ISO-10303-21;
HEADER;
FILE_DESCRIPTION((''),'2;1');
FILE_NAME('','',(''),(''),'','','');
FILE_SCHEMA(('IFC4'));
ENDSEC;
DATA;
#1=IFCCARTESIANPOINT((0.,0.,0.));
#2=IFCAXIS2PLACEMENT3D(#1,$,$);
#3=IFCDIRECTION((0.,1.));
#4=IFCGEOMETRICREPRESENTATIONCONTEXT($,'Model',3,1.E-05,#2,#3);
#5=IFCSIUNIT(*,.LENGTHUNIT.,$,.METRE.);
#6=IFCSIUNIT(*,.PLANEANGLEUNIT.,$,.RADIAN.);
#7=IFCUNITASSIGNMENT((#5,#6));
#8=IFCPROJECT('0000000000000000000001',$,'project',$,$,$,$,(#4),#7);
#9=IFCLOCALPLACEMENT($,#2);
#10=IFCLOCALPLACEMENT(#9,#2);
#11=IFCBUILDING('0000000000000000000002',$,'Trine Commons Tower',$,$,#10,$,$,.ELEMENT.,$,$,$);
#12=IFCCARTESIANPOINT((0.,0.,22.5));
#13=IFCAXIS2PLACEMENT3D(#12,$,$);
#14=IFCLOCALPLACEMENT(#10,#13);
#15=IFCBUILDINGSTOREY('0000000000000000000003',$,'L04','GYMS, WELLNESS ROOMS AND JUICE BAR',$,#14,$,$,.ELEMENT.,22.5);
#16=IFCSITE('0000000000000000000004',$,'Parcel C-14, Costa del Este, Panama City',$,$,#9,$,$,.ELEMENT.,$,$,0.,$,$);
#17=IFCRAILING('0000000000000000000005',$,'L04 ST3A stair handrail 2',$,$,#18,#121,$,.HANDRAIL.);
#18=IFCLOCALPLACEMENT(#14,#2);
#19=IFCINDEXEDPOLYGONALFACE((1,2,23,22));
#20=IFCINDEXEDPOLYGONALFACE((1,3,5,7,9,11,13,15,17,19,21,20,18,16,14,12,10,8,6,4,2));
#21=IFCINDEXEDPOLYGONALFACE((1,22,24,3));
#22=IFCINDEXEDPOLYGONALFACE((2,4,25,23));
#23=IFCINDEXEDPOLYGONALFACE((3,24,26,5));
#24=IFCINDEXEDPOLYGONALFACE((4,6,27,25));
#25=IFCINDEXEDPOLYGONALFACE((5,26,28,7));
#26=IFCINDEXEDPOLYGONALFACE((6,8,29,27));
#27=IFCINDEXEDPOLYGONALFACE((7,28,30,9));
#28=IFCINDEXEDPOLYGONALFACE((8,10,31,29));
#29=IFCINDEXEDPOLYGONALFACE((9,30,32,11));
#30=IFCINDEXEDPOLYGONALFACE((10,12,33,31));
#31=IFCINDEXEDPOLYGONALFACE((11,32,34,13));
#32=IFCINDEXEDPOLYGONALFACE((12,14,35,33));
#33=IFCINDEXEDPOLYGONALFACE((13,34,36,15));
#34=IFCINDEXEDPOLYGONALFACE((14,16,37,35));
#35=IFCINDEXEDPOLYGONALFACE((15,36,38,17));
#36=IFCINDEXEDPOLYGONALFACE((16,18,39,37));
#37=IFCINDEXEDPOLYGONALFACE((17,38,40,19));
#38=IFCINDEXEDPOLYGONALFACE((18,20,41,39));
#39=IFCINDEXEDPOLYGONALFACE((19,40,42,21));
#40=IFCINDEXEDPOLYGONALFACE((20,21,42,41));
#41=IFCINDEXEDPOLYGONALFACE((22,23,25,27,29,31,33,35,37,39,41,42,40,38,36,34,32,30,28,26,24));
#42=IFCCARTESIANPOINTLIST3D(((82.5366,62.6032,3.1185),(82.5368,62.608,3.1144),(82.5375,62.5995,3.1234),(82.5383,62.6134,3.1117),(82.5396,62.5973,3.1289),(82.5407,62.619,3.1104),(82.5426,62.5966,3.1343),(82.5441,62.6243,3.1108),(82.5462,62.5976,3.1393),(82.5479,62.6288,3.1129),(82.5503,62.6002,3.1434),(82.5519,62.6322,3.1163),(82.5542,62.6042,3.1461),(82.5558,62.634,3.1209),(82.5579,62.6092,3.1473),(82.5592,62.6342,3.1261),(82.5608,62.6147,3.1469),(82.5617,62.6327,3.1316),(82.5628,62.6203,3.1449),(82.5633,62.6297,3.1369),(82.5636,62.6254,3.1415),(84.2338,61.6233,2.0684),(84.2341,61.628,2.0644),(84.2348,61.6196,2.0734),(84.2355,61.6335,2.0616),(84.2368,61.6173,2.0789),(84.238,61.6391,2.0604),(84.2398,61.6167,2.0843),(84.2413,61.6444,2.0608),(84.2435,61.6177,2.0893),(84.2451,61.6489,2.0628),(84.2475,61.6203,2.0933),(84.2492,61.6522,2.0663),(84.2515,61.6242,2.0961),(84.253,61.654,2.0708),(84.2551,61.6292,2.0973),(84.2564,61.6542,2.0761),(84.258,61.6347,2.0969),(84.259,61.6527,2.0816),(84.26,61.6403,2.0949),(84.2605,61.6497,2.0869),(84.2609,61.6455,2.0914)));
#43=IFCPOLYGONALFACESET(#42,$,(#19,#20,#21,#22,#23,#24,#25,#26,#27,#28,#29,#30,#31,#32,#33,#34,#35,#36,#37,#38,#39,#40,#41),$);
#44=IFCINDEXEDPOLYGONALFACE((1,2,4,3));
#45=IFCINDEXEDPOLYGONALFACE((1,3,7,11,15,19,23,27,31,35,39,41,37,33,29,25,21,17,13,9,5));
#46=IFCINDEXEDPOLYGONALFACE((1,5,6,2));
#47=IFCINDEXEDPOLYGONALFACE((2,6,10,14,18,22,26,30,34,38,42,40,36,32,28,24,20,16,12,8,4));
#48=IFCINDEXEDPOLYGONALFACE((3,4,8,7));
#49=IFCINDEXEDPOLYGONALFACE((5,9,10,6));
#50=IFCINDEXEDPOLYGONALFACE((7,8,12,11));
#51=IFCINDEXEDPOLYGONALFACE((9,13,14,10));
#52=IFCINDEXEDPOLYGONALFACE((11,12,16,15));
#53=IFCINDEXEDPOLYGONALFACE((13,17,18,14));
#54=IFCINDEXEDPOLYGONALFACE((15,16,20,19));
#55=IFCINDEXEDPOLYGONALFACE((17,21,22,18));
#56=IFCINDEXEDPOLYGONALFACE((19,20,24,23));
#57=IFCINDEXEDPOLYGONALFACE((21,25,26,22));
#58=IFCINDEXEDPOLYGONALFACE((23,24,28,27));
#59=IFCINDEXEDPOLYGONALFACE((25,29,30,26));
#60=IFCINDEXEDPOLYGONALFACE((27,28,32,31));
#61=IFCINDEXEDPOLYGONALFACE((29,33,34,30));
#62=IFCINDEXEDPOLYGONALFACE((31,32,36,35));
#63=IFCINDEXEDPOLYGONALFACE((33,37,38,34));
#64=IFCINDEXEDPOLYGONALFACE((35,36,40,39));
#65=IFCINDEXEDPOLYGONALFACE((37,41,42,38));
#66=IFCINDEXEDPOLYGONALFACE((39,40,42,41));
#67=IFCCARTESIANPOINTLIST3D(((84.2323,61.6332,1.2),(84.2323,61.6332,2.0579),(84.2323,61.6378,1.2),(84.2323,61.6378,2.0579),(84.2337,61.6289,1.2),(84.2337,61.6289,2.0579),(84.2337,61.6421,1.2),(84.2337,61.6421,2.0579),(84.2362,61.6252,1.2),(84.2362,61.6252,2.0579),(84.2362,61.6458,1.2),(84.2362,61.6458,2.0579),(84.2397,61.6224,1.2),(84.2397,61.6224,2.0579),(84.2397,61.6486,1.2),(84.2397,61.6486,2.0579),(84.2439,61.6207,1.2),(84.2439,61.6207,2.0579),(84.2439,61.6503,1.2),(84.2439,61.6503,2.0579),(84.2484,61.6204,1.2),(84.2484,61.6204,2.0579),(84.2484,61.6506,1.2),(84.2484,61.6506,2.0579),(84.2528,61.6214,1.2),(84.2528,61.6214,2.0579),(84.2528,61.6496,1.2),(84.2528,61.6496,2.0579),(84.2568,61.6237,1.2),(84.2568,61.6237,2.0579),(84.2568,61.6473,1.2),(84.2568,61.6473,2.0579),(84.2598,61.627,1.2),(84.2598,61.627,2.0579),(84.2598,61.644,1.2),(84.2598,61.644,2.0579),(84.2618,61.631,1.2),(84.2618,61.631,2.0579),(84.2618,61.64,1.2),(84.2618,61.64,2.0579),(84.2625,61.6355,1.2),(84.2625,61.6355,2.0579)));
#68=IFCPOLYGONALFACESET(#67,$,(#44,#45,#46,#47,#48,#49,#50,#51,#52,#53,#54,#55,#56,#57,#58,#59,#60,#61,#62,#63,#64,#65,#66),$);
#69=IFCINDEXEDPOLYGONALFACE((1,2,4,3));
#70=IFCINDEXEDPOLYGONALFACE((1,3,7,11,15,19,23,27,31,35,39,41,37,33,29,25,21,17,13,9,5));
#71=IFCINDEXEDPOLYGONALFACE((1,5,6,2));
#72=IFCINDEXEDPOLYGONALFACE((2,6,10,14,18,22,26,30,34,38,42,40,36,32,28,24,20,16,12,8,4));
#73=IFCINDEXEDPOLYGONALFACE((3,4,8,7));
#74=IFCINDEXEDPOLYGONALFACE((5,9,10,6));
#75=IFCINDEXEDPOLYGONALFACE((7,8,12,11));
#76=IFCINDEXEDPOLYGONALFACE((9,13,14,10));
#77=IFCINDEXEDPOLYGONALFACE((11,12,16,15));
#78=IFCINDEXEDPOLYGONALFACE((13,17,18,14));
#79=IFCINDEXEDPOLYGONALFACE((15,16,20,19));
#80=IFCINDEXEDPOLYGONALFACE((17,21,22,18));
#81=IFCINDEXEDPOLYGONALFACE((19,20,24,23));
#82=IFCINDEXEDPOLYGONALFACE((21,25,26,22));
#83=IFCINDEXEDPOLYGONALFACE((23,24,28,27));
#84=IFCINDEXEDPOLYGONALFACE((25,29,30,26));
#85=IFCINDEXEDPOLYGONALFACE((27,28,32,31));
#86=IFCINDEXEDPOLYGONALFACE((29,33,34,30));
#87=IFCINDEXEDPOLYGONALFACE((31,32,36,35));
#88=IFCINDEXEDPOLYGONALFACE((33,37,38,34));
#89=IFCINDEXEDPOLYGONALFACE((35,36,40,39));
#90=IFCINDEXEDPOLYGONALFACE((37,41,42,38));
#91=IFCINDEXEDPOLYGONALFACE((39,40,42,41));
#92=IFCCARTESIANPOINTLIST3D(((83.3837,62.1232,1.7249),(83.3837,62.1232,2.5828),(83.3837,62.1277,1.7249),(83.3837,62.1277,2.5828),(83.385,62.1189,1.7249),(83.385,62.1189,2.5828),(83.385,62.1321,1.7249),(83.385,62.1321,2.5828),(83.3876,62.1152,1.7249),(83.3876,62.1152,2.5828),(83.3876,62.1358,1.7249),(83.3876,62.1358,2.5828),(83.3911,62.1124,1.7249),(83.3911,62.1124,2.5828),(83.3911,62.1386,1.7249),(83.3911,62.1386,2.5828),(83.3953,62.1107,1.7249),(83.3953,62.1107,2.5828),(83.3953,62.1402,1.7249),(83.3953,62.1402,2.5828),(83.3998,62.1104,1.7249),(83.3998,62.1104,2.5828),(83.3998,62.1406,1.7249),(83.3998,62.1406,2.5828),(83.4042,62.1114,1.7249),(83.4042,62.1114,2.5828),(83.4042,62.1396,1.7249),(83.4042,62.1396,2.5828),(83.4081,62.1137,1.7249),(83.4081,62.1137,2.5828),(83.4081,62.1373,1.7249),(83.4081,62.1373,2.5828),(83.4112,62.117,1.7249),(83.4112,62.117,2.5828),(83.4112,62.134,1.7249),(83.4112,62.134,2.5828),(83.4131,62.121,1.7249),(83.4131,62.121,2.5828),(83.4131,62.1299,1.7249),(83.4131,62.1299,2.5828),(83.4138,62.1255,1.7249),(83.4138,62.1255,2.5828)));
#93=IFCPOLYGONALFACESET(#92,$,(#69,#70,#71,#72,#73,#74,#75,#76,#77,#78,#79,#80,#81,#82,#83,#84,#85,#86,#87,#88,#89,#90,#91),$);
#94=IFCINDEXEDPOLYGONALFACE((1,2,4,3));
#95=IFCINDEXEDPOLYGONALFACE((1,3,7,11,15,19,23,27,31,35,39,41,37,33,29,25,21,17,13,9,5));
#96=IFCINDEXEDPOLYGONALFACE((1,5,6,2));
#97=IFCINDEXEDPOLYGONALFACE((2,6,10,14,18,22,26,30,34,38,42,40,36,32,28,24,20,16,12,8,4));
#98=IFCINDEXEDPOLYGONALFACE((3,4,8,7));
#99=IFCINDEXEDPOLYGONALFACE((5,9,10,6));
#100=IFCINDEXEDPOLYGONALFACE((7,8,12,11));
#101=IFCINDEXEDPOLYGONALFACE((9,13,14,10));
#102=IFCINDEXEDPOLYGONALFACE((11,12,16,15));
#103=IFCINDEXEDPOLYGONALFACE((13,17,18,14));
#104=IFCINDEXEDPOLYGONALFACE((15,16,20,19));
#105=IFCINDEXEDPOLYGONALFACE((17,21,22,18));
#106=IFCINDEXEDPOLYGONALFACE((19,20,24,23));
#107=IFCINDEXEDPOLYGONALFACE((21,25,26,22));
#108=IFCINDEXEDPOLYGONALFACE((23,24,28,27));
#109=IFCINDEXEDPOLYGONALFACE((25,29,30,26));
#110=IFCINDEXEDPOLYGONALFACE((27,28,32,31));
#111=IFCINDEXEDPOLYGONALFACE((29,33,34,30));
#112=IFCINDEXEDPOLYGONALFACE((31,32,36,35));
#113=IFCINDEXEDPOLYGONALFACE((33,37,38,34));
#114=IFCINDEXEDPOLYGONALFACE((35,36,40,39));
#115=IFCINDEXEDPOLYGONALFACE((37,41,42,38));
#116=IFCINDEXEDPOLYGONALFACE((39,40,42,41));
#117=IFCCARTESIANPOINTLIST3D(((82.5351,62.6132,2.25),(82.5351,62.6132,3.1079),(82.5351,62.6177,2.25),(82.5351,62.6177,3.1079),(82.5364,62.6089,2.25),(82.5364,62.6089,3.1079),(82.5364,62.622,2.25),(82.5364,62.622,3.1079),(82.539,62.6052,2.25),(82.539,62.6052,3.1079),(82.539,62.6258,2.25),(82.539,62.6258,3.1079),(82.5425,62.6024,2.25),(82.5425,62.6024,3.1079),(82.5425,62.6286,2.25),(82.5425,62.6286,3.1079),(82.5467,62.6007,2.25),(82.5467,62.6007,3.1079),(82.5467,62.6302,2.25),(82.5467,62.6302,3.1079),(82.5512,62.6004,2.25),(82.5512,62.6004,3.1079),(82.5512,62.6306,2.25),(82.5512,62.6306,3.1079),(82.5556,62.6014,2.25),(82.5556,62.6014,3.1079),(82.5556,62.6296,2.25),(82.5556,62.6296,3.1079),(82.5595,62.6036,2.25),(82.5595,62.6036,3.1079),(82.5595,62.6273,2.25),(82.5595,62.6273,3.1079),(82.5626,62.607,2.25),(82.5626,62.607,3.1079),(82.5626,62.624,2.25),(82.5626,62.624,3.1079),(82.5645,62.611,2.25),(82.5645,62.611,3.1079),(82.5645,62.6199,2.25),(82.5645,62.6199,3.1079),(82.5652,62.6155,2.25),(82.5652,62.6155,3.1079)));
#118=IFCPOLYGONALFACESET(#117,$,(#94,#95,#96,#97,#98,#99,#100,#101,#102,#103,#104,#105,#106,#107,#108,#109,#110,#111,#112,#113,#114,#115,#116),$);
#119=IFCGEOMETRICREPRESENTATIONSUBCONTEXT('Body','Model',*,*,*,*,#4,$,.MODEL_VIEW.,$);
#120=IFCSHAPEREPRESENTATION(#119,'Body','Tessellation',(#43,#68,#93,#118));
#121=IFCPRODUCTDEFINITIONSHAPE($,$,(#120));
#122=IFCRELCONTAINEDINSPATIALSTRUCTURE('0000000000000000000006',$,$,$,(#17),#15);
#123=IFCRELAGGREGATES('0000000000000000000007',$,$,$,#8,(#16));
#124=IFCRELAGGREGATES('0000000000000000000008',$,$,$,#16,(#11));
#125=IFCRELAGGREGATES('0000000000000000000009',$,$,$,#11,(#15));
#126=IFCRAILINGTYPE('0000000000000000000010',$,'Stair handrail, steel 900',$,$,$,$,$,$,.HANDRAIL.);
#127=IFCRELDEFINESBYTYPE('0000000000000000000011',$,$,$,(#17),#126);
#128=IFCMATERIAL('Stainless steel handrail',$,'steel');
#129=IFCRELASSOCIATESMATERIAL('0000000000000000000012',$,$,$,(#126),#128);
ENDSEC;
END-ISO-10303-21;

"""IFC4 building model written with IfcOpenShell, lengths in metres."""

from ifc_helpers import new_model, si_unit, direction, frame, origin, origin_2d, place, context, subcontext, project, spatial, circle, extrude, material, type_object, element, save


model = new_model("IFC4")

# Units and contexts
model_context = context("Model", 3, precision=1e-05, world=origin(), true_north=direction((0.0, 1.0)))
body_context = subcontext(model_context, "Body", "Model", "MODEL_VIEW")
ifc_project = project(units=[si_unit("LENGTHUNIT", "METRE"), si_unit("PLANEANGLEUNIT", "RADIAN")], contexts=[model_context])

# Site, building, storey
site_placement = place(None, origin())
site = spatial("IfcSite", under=ifc_project, at=site_placement, Name="Parcel C-14, Costa del Este, Panama City", CompositionType="ELEMENT", RefElevation=0.0)
building_placement = place(site_placement, origin())
building = spatial("IfcBuilding", under=site, at=building_placement, Name="Trine Commons Tower", CompositionType="ELEMENT")
storey_placement = place(building_placement, frame((0.0, 0.0, 22.5)))
storey = spatial("IfcBuildingStorey", under=building, at=storey_placement, Name="L04", Description="GYMS, WELLNESS ROOMS AND JUICE BAR", CompositionType="ELEMENT", Elevation=22.5)

# Railing
ifc_material_1 = material(Name="Stainless steel handrail", Category="steel")
railing_type_1 = type_object("IfcRailingType", Name="Stair handrail, steel 900", PredefinedType="HANDRAIL", material=ifc_material_1)
railing_1_placement = place(storey_placement, frame((84.2473, 61.6355, 1.2)))
element("IfcRailing", 1, at=railing_1_placement, inside=storey, type_object=railing_type_1, Name="L04 ST3A stair handrail 2", PredefinedType="HANDRAIL", context=body_context, shape_type="SweptSolid", body=[
    extrude(circle(Radius=0.021, at=origin_2d()), frame((0.0, 0.0, 0.8789), z_axis=(-0.763352, 0.44075, 0.472264), x_axis=(-0.500024, -0.866011, 0.0)), (0.0, 0.0, 1.0), 2.2234),
    extrude(circle(Radius=0.0151, at=origin_2d()), origin(), (0.0, 0.0, 1.0), 0.8579),
    extrude(circle(Radius=0.0151, at=origin_2d()), frame((-0.8486, 0.49, 0.5249)), (0.0, 0.0, 1.0), 0.8579),
    extrude(circle(Radius=0.0151, at=origin_2d()), frame((-1.6973, 0.98, 1.05)), (0.0, 0.0, 1.0), 0.8579),
])

save(model, "model.ifc")
